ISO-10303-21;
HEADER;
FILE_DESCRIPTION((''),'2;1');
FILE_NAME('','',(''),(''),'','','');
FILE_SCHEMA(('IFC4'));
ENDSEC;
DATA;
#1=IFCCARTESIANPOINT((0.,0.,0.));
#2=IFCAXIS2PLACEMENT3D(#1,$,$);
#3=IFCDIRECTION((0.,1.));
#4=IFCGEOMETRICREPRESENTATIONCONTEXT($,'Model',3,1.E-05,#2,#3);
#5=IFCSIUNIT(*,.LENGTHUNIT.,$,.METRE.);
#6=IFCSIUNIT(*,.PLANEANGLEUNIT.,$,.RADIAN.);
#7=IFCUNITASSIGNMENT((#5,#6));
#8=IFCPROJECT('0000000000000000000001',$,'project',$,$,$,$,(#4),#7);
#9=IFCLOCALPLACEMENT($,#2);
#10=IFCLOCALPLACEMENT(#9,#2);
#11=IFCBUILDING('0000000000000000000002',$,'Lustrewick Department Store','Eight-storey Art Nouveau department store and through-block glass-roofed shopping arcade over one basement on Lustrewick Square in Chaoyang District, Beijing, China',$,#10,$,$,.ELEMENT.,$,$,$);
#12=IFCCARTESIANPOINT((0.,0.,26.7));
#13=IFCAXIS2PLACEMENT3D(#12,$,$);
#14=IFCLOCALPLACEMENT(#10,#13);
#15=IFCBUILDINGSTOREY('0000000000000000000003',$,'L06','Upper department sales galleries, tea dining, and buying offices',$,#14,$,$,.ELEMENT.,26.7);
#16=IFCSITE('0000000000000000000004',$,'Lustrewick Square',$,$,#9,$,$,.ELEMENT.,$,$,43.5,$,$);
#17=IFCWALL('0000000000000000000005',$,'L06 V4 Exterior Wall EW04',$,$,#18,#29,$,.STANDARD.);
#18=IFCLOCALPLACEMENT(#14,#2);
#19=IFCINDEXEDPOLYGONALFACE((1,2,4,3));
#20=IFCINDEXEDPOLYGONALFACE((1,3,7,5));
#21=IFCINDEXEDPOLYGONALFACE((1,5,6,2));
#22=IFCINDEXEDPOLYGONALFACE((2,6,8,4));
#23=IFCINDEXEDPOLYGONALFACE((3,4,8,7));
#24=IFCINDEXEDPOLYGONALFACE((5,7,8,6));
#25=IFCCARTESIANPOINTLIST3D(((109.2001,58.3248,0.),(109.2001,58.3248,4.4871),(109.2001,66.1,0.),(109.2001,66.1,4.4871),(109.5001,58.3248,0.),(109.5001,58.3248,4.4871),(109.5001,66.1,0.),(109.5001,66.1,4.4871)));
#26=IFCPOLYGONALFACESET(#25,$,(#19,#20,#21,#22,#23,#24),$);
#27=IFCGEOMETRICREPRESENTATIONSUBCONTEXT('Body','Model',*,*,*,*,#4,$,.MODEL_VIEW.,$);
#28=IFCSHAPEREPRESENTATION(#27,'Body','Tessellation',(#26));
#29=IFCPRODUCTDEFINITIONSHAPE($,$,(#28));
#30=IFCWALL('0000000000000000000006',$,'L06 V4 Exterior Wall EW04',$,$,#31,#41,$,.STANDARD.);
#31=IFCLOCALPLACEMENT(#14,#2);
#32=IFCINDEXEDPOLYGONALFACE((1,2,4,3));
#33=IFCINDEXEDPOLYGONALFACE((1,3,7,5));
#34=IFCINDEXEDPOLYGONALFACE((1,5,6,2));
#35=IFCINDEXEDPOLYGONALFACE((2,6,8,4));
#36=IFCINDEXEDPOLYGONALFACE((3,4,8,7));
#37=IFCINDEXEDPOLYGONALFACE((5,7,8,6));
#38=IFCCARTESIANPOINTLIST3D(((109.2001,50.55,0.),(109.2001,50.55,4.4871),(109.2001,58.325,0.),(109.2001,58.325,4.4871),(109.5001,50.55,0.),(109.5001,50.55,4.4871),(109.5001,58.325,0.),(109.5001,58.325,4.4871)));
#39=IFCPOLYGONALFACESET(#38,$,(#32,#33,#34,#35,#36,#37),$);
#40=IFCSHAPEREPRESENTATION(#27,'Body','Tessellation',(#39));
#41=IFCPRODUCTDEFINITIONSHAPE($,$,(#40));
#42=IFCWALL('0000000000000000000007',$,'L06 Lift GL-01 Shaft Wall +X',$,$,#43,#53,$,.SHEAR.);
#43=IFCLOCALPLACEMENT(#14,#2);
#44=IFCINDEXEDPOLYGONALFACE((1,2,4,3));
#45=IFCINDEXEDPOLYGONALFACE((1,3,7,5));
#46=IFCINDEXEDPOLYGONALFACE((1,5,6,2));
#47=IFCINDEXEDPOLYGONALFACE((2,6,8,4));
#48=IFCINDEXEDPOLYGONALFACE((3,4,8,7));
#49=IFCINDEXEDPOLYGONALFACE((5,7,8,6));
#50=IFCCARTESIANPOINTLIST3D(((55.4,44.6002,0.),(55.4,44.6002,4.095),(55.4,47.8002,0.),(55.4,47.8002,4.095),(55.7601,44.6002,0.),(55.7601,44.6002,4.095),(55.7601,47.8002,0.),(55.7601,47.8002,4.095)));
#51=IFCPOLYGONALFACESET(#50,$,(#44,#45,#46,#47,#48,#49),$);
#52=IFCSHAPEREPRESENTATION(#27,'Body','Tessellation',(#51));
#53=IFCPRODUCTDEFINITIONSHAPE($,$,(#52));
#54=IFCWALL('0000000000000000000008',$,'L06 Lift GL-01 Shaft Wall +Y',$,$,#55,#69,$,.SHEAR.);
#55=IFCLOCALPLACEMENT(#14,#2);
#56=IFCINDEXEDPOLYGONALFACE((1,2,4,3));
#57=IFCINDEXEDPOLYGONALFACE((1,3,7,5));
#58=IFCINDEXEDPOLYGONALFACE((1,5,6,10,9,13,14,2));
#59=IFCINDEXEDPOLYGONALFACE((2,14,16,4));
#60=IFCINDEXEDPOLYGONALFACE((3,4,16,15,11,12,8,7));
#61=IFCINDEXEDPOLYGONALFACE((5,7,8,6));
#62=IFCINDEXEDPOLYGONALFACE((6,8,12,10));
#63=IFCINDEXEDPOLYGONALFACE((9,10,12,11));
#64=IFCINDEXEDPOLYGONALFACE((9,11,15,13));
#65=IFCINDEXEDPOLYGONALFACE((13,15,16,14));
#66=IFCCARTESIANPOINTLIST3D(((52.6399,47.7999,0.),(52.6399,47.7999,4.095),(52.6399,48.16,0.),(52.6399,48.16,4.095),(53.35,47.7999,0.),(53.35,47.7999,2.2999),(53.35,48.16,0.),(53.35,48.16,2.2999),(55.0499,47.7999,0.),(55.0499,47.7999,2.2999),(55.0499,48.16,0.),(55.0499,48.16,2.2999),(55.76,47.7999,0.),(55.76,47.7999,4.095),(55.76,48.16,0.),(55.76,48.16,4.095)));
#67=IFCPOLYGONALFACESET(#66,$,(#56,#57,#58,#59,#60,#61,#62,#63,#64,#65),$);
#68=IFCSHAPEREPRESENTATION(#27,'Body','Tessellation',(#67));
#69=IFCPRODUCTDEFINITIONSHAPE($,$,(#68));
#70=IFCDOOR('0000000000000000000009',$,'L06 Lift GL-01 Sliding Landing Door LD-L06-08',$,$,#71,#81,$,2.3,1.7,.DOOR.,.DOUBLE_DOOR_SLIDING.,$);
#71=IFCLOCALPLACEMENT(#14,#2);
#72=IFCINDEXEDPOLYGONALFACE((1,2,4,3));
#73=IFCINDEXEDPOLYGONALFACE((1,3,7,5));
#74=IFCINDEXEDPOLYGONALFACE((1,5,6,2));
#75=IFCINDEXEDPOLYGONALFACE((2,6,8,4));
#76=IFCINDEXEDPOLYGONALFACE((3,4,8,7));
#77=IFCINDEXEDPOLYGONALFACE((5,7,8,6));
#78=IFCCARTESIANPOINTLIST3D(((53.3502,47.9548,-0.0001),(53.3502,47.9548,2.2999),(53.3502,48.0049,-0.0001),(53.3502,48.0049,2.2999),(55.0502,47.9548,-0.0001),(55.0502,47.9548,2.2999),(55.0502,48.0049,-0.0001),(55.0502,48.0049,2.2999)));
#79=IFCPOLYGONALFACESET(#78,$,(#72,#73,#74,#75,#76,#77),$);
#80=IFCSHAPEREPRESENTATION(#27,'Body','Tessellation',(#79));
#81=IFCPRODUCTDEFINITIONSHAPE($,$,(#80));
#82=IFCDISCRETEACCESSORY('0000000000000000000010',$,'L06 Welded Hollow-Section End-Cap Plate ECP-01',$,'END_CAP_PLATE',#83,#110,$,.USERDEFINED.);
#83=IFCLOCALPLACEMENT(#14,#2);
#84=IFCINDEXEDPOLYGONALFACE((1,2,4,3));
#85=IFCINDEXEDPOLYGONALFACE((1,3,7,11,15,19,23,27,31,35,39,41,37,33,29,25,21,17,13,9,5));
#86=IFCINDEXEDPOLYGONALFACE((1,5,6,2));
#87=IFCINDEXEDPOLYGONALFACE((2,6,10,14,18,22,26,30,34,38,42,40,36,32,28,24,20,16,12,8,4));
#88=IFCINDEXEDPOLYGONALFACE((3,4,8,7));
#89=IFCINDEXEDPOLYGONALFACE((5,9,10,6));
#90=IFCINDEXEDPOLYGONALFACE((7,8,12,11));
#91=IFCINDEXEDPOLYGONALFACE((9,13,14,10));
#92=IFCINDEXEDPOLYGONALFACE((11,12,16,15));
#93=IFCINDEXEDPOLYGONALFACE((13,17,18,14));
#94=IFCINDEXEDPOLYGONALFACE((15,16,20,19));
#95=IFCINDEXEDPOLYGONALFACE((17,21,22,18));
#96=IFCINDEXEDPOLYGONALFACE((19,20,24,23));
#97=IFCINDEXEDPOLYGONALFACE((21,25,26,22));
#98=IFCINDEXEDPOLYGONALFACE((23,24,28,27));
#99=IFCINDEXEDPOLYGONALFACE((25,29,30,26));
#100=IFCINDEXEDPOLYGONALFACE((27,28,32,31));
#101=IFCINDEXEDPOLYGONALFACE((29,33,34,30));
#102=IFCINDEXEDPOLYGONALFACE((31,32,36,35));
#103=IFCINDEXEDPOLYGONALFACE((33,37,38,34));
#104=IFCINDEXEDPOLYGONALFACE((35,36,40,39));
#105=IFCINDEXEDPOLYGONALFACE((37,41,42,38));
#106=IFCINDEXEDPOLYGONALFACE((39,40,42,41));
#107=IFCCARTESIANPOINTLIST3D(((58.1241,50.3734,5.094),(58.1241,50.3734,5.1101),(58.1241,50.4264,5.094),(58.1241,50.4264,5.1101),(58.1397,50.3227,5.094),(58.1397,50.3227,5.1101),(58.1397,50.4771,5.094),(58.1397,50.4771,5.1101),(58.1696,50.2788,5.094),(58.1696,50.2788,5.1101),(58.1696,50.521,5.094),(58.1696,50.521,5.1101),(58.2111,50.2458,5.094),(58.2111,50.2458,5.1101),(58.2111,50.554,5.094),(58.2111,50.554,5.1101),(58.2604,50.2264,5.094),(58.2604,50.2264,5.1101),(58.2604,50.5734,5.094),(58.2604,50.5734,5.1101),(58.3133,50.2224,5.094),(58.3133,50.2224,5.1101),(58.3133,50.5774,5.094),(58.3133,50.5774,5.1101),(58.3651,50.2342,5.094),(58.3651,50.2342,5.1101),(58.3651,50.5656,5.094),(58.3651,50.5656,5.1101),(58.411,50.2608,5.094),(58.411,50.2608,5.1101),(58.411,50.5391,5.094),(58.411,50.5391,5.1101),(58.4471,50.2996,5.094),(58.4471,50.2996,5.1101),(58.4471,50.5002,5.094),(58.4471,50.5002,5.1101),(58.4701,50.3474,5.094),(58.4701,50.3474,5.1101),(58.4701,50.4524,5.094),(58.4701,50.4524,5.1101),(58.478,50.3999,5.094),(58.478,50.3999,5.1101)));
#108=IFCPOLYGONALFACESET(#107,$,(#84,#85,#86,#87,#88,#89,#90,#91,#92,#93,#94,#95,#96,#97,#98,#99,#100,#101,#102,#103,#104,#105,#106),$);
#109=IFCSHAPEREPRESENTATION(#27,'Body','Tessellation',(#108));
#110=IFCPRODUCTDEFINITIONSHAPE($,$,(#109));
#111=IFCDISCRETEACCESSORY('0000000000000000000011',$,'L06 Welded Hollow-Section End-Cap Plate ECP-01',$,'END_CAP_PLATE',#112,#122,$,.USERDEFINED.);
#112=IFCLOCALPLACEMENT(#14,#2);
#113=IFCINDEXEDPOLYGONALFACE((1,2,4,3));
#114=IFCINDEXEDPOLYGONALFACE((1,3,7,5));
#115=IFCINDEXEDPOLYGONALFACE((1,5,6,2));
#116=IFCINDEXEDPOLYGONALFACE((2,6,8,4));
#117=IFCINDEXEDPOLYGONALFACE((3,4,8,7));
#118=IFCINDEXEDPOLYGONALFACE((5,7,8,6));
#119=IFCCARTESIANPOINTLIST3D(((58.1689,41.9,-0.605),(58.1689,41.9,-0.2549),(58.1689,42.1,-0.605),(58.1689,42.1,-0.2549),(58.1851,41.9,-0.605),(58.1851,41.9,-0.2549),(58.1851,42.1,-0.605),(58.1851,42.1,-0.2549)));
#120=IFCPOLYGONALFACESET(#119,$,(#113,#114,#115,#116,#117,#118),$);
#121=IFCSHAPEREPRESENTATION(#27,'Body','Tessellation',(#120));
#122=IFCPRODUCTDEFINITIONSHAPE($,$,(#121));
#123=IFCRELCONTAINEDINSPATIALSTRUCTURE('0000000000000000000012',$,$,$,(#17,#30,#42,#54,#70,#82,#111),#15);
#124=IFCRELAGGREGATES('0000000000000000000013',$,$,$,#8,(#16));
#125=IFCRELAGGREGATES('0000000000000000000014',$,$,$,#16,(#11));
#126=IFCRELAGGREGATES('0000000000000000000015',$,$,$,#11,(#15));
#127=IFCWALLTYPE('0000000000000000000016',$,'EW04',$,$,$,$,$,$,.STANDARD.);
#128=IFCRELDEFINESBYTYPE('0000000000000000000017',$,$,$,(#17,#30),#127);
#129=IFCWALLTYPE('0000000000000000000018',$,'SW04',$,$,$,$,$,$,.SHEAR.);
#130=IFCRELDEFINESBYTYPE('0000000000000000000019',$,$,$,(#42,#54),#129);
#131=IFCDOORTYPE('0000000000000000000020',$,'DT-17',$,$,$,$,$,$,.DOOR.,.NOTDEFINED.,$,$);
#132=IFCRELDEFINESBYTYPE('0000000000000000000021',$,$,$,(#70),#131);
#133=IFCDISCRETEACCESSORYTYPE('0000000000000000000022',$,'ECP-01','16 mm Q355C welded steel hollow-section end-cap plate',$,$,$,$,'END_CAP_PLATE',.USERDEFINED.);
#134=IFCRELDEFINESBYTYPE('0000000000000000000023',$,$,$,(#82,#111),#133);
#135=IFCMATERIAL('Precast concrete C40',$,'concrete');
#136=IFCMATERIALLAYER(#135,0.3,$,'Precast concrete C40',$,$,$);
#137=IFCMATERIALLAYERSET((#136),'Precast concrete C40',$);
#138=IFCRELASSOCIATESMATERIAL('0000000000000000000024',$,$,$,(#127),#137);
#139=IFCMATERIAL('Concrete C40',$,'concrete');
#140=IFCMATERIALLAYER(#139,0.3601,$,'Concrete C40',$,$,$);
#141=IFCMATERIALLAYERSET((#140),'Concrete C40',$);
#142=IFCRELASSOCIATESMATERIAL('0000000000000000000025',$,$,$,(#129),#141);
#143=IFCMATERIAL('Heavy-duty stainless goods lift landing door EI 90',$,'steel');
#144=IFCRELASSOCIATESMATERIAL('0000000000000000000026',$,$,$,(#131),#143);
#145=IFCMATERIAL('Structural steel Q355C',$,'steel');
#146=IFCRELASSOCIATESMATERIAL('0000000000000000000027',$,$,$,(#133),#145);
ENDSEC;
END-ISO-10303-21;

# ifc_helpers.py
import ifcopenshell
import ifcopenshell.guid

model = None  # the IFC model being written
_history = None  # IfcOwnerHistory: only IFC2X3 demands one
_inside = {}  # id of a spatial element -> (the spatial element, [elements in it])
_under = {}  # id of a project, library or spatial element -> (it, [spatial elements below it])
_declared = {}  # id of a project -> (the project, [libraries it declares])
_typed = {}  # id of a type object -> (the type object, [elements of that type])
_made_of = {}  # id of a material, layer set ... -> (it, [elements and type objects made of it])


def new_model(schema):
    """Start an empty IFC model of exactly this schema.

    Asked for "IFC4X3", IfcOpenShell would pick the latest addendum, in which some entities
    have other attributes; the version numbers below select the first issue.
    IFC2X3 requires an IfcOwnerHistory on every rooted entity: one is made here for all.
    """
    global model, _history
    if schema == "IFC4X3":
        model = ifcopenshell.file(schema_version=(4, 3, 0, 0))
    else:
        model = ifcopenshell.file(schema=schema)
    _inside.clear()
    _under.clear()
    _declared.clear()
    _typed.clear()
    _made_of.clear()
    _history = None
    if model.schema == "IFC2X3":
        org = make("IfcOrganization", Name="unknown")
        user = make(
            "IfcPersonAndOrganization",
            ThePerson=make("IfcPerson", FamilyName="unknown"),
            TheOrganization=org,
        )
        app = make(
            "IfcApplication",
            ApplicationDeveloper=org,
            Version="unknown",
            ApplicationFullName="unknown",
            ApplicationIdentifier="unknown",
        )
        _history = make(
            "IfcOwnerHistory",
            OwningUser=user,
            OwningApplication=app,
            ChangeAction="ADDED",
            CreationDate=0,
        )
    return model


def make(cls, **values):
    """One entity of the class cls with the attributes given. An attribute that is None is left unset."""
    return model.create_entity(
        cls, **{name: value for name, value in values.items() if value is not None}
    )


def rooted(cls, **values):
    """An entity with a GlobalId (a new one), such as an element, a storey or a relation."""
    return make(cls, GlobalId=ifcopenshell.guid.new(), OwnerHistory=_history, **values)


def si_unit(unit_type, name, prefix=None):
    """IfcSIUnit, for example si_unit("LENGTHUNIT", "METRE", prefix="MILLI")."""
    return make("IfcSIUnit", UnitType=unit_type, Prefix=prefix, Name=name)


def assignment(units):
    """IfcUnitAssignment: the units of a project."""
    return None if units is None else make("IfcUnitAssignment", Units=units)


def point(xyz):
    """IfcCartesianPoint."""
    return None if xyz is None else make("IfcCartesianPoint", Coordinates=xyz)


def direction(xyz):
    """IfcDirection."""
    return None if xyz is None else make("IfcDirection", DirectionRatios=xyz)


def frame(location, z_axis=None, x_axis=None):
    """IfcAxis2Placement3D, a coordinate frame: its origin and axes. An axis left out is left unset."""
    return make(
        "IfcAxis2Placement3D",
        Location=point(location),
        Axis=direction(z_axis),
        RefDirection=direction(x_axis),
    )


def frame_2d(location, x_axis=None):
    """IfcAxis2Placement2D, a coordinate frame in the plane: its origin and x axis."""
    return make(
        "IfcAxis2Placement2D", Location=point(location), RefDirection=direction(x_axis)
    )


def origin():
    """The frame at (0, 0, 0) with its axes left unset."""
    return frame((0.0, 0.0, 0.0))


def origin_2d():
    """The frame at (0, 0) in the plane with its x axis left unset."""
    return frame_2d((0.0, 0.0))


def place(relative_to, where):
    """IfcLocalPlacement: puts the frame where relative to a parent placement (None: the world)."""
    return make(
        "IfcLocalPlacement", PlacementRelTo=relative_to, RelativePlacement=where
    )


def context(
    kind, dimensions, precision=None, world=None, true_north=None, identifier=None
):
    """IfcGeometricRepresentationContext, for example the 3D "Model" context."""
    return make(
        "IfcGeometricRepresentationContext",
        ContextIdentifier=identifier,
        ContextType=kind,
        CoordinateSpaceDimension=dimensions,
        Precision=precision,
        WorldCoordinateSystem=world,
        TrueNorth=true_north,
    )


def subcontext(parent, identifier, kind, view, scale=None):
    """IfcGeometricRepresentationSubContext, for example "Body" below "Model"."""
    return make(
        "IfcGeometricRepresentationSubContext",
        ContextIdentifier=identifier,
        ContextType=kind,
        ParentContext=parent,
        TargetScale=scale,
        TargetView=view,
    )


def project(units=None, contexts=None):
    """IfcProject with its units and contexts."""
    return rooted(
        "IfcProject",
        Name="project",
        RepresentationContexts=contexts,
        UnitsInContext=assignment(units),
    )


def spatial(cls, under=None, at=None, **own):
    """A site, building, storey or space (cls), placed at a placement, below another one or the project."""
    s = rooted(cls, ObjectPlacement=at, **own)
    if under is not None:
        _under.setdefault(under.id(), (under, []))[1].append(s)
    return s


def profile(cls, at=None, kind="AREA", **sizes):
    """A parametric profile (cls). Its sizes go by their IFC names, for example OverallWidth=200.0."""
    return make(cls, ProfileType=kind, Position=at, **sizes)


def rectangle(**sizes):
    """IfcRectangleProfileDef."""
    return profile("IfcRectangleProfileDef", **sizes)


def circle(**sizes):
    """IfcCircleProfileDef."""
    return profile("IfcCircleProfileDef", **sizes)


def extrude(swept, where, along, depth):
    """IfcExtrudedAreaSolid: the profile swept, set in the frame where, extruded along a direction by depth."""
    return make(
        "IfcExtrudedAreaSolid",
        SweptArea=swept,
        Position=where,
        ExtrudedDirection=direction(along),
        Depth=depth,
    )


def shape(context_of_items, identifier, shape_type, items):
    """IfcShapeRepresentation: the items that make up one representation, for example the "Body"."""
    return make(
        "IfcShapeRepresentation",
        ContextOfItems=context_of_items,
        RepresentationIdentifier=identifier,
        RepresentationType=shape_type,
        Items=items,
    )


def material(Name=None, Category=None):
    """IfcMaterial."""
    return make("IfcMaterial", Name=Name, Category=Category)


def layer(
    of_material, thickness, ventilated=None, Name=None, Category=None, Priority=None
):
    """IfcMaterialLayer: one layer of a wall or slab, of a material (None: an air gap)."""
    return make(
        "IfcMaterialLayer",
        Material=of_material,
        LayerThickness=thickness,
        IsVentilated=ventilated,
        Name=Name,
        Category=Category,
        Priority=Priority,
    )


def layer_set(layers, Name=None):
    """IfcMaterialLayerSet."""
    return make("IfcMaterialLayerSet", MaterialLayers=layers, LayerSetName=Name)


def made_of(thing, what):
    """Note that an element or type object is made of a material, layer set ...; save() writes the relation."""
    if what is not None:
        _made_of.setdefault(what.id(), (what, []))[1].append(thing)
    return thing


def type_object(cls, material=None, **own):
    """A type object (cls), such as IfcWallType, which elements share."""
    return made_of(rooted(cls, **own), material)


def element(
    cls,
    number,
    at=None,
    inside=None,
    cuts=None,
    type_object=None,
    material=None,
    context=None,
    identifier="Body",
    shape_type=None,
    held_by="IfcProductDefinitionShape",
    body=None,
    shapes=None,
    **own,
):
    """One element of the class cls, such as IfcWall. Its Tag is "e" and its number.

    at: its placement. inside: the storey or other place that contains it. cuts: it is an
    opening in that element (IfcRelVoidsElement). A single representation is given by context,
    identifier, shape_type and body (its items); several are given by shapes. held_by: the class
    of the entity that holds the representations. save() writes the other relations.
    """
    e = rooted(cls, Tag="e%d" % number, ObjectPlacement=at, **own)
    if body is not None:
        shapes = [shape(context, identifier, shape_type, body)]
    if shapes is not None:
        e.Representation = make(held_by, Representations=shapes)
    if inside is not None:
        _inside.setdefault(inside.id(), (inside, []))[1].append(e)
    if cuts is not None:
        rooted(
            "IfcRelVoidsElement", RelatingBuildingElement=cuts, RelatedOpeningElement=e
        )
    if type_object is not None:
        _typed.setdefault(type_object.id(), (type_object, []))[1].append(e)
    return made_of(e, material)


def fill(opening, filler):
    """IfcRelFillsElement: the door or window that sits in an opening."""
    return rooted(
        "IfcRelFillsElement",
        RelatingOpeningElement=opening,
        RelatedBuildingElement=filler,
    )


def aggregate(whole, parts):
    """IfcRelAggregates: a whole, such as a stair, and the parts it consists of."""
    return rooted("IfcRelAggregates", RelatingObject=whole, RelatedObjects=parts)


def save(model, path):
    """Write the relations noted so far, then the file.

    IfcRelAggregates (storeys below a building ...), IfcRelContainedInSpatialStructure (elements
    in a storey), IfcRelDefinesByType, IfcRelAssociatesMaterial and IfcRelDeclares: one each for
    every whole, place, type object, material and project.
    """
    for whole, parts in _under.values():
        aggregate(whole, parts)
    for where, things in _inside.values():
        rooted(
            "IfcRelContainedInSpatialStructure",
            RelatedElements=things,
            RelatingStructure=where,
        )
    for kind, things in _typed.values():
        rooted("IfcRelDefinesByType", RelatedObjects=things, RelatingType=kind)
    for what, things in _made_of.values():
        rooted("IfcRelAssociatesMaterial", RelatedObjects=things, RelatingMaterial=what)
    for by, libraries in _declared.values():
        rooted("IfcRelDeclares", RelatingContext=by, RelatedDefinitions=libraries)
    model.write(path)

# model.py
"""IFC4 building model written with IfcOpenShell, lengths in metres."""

from ifc_helpers import new_model, si_unit, direction, frame, frame_2d, origin, origin_2d, place, context, subcontext, project, spatial, rectangle, circle, extrude, material, layer, layer_set, type_object, element, fill, save


model = new_model("IFC4")

# Units and contexts
model_context = context("Model", 3, precision=1e-05, world=origin(), true_north=direction((0.0, 1.0)))
body_context = subcontext(model_context, "Body", "Model", "MODEL_VIEW")
ifc_project = project(units=[si_unit("LENGTHUNIT", "METRE"), si_unit("PLANEANGLEUNIT", "RADIAN")], contexts=[model_context])

# Site, building, storey
site_placement = place(None, origin())
site = spatial("IfcSite", under=ifc_project, at=site_placement, Name="Lustrewick Square", CompositionType="ELEMENT", RefElevation=43.5)
building_placement = place(site_placement, origin())
building = spatial("IfcBuilding", under=site, at=building_placement, Name="Lustrewick Department Store", Description="Eight-storey Art Nouveau department store and through-block glass-roofed shopping arcade over one basement on Lustrewick Square in Chaoyang District, Beijing, China", CompositionType="ELEMENT")
storey_placement = place(building_placement, frame((0.0, 0.0, 26.7)))
storey = spatial("IfcBuildingStorey", under=building, at=storey_placement, Name="L06", Description="Upper department sales galleries, tea dining, and buying offices", CompositionType="ELEMENT", Elevation=26.7)

# Walls
ifc_material_1 = material(Name="Precast concrete C40", Category="concrete")
ifc_layer_1 = layer(ifc_material_1, 0.3, Name="Precast concrete C40")
ifc_layer_set_1 = layer_set([ifc_layer_1], Name="Precast concrete C40")
wall_type_1 = type_object("IfcWallType", Name="EW04", PredefinedType="STANDARD", material=ifc_layer_set_1)
wall_1_placement = place(storey_placement, frame((109.3501, 66.1001, 0.0), z_axis=(0.0, 0.0, 1.0), x_axis=(0.0, -1.0, 0.0)))
element("IfcWall", 1, at=wall_1_placement, inside=storey, type_object=wall_type_1, Name="L06 V4 Exterior Wall EW04", PredefinedType="STANDARD", context=body_context, shape_type="SweptSolid", body=[
    extrude(rectangle(XDim=7.7751, YDim=0.3, at=frame_2d((3.8877, 0.0))), origin(), (0.0, 0.0, 1.0), 4.4871),
])
wall_2_placement = place(storey_placement, frame((109.3501, 58.325, 0.0), z_axis=(0.0, 0.0, 1.0), x_axis=(0.0, -1.0, 0.0)))
element("IfcWall", 2, at=wall_2_placement, inside=storey, type_object=wall_type_1, Name="L06 V4 Exterior Wall EW04", PredefinedType="STANDARD", context=body_context, shape_type="SweptSolid", body=[
    extrude(rectangle(XDim=7.7749, YDim=0.3, at=frame_2d((3.8875, 0.0))), origin(), (0.0, 0.0, 1.0), 4.4871),
])
ifc_material_2 = material(Name="Concrete C40", Category="concrete")
ifc_layer_2 = layer(ifc_material_2, 0.3601, Name="Concrete C40")
ifc_layer_set_2 = layer_set([ifc_layer_2], Name="Concrete C40")
wall_type_2 = type_object("IfcWallType", Name="SW04", PredefinedType="SHEAR", material=ifc_layer_set_2)
wall_3_placement = place(storey_placement, frame((55.5801, 44.6001, 0.0), z_axis=(0.0, 0.0, 1.0), x_axis=(0.0, 1.0, 0.0)))
element("IfcWall", 3, at=wall_3_placement, inside=storey, type_object=wall_type_2, Name="L06 Lift GL-01 Shaft Wall +X", PredefinedType="SHEAR", context=body_context, shape_type="SweptSolid", body=[
    extrude(rectangle(XDim=3.2, YDim=0.3601, at=frame_2d((1.6001, 0.0))), origin(), (0.0, 0.0, 1.0), 4.095),
])

# Wall, opening, door
wall_4_placement = place(storey_placement, frame((55.76, 47.98, 0.0), z_axis=(0.0, 0.0, 1.0), x_axis=(-1.0, 0.0, 0.0)))
wall_4 = element("IfcWall", 4, at=wall_4_placement, inside=storey, type_object=wall_type_2, Name="L06 Lift GL-01 Shaft Wall +Y", PredefinedType="SHEAR", context=body_context, shape_type="SweptSolid", body=[
    extrude(rectangle(XDim=3.1201, YDim=0.3601, at=frame_2d((1.5601, 0.0))), origin(), (0.0, 0.0, 1.0), 4.095),
])
opening_placement = place(wall_4_placement, frame((0.71, 0.0, 0.0)))
opening = element("IfcOpeningElement", 5, at=opening_placement, cuts=wall_4, PredefinedType="OPENING", context=body_context, shape_type="SweptSolid", body=[
    extrude(rectangle(XDim=1.7, YDim=2.3, at=frame_2d((0.8501, 1.1499))), frame((0.0, 0.1899, 0.0), z_axis=(0.0, -1.0, 0.0), x_axis=(1.0, 0.0, 0.0)), (0.0, 0.0, 1.0), 0.3801),
])
ifc_material_3 = material(Name="Heavy-duty stainless goods lift landing door EI 90", Category="steel")
door_type = type_object("IfcDoorType", Name="DT-17", OperationType="NOTDEFINED", PredefinedType="DOOR", material=ifc_material_3)
door_placement = place(opening_placement, frame((1.7, 0.0, 0.0), z_axis=(0.0, 0.0, 1.0), x_axis=(-1.0, 0.0, 0.0)))
door = element("IfcDoor", 6, at=door_placement, inside=storey, type_object=door_type, Name="L06 Lift GL-01 Sliding Landing Door LD-L06-08", OperationType="DOUBLE_DOOR_SLIDING", OverallHeight=2.3, OverallWidth=1.7, PredefinedType="DOOR", context=body_context, shape_type="SweptSolid", body=[
    extrude(rectangle(XDim=1.7, YDim=2.3, at=frame_2d((0.8501, 1.1499))), frame((0.0, 0.0249, 0.0), z_axis=(0.0, -1.0, 0.0), x_axis=(1.0, 0.0, 0.0)), (0.0, 0.0, 1.0), 0.05),
])
fill(opening, door)

# Discrete accessories
ifc_material_4 = material(Name="Structural steel Q355C", Category="steel")
discrete_accessory_type = type_object("IfcDiscreteAccessoryType", Name="ECP-01", Description="16 mm Q355C welded steel hollow-section end-cap plate", ElementType="END_CAP_PLATE", PredefinedType="USERDEFINED", material=ifc_material_4)
discrete_accessory_1_placement = place(storey_placement, frame((58.3, 50.3999, 5.094), z_axis=(0.0, 0.0, 1.0), x_axis=(1.0, 0.0, 0.0)))
element("IfcDiscreteAccessory", 7, at=discrete_accessory_1_placement, inside=storey, type_object=discrete_accessory_type, Name="L06 Welded Hollow-Section End-Cap Plate ECP-01", ObjectType="END_CAP_PLATE", PredefinedType="USERDEFINED", context=body_context, shape_type="SweptSolid", body=[
    extrude(circle(Radius=0.178, at=origin_2d()), origin(), (0.0, 0.0, 1.0), 0.0161),
])
discrete_accessory_2_placement = place(storey_placement, frame((58.1689, 42.0, -0.4299), z_axis=(1.0, 0.0, 0.0), x_axis=(0.0, 1.0, 0.0)))
element("IfcDiscreteAccessory", 8, at=discrete_accessory_2_placement, inside=storey, type_object=discrete_accessory_type, Name="L06 Welded Hollow-Section End-Cap Plate ECP-01", ObjectType="END_CAP_PLATE", PredefinedType="USERDEFINED", context=body_context, shape_type="SweptSolid", body=[
    extrude(rectangle(XDim=0.2, YDim=0.3501, at=origin_2d()), origin(), (0.0, 0.0, 1.0), 0.0161),
])

save(model, "model.ifc")
